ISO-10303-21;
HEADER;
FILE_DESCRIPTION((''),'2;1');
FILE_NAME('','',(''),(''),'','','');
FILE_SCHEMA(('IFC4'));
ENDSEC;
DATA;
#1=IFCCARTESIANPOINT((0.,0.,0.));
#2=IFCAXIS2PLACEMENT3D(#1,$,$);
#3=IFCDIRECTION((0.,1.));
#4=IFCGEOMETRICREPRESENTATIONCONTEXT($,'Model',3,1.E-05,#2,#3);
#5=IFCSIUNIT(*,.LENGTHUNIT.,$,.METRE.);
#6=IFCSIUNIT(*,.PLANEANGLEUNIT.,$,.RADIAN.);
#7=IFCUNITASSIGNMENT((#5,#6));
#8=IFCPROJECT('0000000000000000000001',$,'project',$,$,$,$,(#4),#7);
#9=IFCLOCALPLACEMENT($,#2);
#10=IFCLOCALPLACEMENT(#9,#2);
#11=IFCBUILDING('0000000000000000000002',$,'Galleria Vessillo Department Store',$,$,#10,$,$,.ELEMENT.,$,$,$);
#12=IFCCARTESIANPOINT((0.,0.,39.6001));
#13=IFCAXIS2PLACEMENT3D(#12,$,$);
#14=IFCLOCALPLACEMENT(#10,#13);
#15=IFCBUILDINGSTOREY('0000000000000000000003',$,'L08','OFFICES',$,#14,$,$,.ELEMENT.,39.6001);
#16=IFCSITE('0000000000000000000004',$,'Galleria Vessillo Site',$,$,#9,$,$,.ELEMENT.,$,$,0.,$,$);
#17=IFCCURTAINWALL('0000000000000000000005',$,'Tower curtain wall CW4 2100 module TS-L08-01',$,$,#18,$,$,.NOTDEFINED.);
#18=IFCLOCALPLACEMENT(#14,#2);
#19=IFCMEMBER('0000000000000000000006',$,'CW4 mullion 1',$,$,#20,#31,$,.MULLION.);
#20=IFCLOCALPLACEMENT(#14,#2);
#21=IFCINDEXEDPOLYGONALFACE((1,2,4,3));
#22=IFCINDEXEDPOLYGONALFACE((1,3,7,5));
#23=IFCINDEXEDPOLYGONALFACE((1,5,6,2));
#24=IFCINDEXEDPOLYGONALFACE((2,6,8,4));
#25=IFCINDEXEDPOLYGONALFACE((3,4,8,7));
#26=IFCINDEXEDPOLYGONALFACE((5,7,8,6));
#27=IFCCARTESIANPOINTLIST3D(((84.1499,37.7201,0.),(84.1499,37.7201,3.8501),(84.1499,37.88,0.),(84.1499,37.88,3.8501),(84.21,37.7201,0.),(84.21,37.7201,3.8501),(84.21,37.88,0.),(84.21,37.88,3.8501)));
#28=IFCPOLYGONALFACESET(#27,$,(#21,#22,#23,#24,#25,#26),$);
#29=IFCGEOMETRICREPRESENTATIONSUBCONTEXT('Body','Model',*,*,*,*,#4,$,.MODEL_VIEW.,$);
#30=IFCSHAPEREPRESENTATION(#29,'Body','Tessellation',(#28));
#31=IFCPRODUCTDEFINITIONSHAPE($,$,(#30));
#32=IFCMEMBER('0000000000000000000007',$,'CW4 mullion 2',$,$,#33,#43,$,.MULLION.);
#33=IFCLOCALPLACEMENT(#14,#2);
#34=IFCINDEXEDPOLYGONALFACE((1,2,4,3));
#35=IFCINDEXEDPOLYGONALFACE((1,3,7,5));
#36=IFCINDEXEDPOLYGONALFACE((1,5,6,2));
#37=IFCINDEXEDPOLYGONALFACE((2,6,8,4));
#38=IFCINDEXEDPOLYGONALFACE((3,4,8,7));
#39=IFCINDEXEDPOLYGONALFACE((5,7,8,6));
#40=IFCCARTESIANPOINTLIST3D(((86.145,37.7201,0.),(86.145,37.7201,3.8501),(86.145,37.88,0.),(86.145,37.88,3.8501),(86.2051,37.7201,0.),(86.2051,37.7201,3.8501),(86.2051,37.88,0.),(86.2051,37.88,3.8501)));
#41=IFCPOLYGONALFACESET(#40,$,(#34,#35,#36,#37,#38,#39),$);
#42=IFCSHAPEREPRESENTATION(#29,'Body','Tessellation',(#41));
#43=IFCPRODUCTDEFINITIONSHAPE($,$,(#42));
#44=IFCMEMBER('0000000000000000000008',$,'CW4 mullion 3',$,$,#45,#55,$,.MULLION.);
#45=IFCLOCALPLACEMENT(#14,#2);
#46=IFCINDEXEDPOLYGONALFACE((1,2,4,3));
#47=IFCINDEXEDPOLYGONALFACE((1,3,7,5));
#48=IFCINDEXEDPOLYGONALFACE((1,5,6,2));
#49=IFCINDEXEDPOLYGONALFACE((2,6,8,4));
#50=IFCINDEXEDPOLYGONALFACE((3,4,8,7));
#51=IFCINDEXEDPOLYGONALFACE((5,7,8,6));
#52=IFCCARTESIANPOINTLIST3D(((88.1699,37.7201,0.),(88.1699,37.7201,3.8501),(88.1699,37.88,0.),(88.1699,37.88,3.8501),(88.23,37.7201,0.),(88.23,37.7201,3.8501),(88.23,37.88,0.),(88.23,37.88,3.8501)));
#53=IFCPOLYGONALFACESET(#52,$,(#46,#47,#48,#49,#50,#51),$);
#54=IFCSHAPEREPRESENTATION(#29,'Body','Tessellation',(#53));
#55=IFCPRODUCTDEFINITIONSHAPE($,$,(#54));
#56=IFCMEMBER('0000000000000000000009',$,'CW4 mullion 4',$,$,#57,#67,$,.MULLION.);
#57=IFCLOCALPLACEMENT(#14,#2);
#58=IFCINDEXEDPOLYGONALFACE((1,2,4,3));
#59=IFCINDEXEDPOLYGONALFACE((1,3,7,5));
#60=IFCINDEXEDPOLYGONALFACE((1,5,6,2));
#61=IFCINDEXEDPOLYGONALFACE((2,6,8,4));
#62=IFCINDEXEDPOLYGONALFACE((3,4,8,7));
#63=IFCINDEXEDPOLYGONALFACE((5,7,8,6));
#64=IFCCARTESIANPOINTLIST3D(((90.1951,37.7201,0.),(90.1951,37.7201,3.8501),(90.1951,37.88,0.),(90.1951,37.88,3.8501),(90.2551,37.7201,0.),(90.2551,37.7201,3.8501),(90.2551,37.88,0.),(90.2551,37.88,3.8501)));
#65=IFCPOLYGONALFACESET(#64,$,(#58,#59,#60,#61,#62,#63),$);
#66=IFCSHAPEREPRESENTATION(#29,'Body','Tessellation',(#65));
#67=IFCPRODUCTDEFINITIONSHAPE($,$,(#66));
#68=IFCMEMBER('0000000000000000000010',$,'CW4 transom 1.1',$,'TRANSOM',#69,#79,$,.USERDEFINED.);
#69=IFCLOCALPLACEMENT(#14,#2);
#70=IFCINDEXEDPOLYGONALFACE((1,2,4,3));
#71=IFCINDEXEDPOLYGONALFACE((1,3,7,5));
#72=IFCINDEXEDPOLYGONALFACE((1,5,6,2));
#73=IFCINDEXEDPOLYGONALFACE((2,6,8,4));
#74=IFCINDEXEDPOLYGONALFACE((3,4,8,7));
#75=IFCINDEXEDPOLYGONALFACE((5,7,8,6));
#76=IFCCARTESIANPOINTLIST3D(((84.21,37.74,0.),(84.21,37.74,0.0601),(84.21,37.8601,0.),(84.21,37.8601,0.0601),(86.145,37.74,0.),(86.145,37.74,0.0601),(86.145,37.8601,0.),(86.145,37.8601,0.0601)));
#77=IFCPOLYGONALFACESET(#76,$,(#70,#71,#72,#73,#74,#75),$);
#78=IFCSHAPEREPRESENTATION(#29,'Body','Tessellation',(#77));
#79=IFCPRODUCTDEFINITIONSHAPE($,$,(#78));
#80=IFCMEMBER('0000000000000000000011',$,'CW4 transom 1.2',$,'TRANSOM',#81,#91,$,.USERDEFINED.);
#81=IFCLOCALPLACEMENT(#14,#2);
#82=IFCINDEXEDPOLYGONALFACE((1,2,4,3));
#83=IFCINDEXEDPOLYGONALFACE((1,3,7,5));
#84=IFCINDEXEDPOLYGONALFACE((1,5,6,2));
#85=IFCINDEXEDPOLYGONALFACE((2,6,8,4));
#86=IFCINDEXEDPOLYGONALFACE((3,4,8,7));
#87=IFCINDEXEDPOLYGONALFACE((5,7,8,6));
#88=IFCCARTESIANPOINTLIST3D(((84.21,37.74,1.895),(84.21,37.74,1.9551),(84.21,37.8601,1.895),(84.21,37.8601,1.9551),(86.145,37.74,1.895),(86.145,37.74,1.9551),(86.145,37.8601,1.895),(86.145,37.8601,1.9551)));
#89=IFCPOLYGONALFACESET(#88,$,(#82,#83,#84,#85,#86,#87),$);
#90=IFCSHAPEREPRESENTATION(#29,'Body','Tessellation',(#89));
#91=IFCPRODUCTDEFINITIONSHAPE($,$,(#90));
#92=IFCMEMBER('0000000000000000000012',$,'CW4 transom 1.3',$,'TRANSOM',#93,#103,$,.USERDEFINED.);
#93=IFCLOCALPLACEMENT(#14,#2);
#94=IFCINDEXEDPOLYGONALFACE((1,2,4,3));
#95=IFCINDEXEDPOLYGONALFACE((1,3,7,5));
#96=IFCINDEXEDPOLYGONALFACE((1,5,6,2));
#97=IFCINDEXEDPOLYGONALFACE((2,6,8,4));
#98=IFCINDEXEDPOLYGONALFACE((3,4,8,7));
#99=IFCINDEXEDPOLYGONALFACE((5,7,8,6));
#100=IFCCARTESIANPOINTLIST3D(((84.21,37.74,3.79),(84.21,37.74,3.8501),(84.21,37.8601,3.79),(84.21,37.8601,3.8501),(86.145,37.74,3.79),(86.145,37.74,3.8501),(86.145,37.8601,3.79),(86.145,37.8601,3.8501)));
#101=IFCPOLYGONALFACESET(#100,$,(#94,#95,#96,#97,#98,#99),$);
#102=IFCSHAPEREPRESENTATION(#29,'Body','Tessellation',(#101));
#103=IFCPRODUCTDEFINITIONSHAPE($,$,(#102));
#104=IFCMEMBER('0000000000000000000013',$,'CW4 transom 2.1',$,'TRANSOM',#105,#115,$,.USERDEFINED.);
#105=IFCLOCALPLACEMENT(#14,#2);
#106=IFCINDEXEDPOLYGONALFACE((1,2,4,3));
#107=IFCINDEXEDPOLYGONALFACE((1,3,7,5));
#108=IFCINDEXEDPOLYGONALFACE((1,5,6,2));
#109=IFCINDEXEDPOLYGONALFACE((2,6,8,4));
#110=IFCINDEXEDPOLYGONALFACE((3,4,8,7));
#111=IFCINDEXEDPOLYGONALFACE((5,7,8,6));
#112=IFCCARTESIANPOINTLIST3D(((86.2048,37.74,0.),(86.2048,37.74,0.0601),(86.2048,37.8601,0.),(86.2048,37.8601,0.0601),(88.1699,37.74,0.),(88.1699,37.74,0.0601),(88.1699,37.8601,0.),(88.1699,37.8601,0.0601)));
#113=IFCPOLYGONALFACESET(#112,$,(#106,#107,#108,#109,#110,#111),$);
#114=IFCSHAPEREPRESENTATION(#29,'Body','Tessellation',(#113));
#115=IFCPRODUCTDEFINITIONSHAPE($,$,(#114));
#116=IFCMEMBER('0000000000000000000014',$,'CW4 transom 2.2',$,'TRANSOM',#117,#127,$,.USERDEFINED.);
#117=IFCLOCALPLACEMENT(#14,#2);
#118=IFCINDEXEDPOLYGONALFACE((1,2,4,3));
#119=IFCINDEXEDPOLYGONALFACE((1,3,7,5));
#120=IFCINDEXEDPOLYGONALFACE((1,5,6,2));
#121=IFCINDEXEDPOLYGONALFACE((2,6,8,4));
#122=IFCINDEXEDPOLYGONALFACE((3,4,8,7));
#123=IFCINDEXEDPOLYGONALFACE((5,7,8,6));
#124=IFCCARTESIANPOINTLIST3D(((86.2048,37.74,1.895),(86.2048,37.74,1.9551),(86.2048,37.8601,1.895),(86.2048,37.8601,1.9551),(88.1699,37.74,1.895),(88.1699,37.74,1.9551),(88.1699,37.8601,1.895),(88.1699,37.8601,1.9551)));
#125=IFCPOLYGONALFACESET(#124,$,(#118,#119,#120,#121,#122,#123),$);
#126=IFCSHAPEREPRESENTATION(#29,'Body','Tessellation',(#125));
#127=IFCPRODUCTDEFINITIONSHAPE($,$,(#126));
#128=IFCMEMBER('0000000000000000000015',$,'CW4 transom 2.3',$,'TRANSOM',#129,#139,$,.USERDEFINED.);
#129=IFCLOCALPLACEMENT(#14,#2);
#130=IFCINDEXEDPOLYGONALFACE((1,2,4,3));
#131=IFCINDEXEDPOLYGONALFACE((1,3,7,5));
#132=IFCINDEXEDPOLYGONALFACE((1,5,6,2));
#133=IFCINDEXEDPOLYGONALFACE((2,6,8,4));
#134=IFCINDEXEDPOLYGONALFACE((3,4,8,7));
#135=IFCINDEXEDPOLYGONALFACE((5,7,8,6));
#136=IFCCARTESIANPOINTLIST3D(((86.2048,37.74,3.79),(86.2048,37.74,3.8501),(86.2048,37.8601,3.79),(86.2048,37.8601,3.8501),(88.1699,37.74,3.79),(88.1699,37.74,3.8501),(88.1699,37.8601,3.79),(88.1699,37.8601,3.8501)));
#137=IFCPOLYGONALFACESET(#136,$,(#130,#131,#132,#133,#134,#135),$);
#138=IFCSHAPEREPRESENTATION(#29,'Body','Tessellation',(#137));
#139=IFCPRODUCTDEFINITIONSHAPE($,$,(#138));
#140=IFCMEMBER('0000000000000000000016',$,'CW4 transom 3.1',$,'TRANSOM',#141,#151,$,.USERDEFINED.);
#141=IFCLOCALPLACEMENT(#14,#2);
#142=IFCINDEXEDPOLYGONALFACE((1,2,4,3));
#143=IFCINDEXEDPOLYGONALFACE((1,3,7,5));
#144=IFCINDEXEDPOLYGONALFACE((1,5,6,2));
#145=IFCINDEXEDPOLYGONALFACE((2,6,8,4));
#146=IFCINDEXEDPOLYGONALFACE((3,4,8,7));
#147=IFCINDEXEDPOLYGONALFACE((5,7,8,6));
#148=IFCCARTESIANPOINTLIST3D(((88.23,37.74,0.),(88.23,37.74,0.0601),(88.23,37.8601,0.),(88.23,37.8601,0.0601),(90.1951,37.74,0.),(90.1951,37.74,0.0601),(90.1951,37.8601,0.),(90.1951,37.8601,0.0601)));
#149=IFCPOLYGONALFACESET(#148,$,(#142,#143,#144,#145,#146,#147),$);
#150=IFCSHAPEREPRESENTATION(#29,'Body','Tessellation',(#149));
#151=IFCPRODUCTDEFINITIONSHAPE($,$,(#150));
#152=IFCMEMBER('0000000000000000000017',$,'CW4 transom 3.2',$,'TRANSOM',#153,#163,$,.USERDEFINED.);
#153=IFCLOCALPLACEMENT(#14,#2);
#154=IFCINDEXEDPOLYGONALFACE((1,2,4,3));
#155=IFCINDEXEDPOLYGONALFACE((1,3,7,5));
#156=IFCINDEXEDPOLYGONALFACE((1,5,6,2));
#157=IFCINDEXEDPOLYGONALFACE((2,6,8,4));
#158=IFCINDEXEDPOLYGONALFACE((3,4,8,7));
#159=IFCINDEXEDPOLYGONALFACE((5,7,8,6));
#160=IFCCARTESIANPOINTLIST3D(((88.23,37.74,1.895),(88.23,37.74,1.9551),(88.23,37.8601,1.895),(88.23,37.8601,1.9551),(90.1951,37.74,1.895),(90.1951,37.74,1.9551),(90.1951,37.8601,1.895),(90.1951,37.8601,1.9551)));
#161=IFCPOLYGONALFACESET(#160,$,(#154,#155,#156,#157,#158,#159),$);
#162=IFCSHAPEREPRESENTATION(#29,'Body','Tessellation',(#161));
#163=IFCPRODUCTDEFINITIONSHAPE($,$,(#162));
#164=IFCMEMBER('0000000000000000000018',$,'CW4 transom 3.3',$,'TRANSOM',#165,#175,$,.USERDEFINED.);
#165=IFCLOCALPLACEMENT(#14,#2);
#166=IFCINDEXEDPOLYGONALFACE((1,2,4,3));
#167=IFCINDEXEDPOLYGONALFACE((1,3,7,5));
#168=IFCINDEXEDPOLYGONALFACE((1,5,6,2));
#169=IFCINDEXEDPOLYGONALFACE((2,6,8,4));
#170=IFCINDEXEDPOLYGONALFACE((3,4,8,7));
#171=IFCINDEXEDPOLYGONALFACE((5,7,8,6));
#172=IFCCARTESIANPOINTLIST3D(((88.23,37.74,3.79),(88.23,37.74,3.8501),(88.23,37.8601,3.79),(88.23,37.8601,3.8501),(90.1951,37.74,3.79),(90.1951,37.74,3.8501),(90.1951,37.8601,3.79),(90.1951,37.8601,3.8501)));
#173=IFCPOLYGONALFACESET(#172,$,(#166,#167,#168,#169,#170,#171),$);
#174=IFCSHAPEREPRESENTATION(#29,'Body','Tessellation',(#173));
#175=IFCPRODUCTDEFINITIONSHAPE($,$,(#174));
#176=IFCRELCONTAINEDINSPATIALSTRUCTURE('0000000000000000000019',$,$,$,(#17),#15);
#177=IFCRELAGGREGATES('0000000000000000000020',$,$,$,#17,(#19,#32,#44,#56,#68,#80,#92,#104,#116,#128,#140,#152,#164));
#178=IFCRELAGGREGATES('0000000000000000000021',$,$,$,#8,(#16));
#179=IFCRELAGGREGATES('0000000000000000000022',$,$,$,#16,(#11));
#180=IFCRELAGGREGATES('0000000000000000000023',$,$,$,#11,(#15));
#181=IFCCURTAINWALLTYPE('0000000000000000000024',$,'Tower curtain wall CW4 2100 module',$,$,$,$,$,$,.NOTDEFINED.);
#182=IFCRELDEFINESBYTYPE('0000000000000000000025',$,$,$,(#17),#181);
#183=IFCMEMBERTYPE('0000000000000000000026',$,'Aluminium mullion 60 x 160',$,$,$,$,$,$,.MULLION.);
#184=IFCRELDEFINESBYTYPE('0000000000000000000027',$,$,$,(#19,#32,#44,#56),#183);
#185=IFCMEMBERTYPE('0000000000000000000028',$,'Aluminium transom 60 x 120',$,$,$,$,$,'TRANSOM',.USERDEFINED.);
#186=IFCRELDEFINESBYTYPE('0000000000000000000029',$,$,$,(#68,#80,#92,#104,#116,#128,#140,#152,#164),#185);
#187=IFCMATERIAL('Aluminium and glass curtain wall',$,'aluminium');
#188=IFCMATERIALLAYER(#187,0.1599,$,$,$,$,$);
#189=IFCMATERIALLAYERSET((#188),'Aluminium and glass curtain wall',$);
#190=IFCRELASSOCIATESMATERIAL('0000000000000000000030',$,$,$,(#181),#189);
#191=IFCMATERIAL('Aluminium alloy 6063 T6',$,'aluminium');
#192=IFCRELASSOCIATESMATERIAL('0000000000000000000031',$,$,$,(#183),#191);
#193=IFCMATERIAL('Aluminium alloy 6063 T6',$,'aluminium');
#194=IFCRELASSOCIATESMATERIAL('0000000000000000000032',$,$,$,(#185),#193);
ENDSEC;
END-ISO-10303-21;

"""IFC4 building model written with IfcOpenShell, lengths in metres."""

from ifc_helpers import new_model, si_unit, direction, frame, origin, origin_2d, place, context, subcontext, project, spatial, rectangle, extrude, material, layer, layer_set, material_profile, profile_set, type_object, element, aggregate, save


model = new_model("IFC4")

# Units and contexts
model_context = context("Model", 3, precision=1e-05, world=origin(), true_north=direction((0.0, 1.0)))
body_context = subcontext(model_context, "Body", "Model", "MODEL_VIEW")
ifc_project = project(units=[si_unit("LENGTHUNIT", "METRE"), si_unit("PLANEANGLEUNIT", "RADIAN")], contexts=[model_context])

# Site, building, storey
site_placement = place(None, origin())
site = spatial("IfcSite", under=ifc_project, at=site_placement, Name="Galleria Vessillo Site", CompositionType="ELEMENT", RefElevation=0.0)
building_placement = place(site_placement, origin())
building = spatial("IfcBuilding", under=site, at=building_placement, Name="Galleria Vessillo Department Store", CompositionType="ELEMENT")
storey_placement = place(building_placement, frame((0.0, 0.0, 39.6001)))
storey = spatial("IfcBuildingStorey", under=building, at=storey_placement, Name="L08", Description="OFFICES", CompositionType="ELEMENT", Elevation=39.6001)

# Curtain wall, members
ifc_material_1 = material(Name="Aluminium and glass curtain wall", Category="aluminium")
ifc_layer_1 = layer(ifc_material_1, 0.1599)
ifc_layer_set_1 = layer_set([ifc_layer_1], Name="Aluminium and glass curtain wall")
curtain_wall_type = type_object("IfcCurtainWallType", Name="Tower curtain wall CW4 2100 module", PredefinedType="NOTDEFINED", material=ifc_layer_set_1)
curtain_wall_placement = place(storey_placement, origin())
curtain_wall = element("IfcCurtainWall", 1, at=curtain_wall_placement, inside=storey, type_object=curtain_wall_type, Name="Tower curtain wall CW4 2100 module TS-L08-01", PredefinedType="NOTDEFINED")
ifc_material_2 = material(Name="Aluminium alloy 6063 T6", Category="aluminium")
ifc_material_profile_1 = material_profile(ifc_material_2, rectangle(XDim=0.1599, YDim=0.0601, at=origin_2d()), Name="AL 60x160")
ifc_profile_set_1 = profile_set([ifc_material_profile_1], Name="Aluminium alloy 6063 T6")
member_type_1 = type_object("IfcMemberType", Name="Aluminium mullion 60 x 160", PredefinedType="MULLION", material=ifc_profile_set_1)
member_1_placement = place(storey_placement, frame((84.1799, 37.8, 0.0), z_axis=(0.0, 0.0, 1.0), x_axis=(0.0, 1.0, 0.0)))
member_1 = element("IfcMember", 2, at=member_1_placement, type_object=member_type_1, Name="CW4 mullion 1", PredefinedType="MULLION", context=body_context, shape_type="SweptSolid", body=[
    extrude(rectangle(XDim=0.1599, YDim=0.0601, at=origin_2d()), origin(), (0.0, 0.0, 1.0), 3.8501),
])
member_2_placement = place(storey_placement, frame((86.175, 37.8, 0.0), z_axis=(0.0, 0.0, 1.0), x_axis=(0.0, 1.0, 0.0)))
member_2 = element("IfcMember", 3, at=member_2_placement, type_object=member_type_1, Name="CW4 mullion 2", PredefinedType="MULLION", context=body_context, shape_type="SweptSolid", body=[
    extrude(rectangle(XDim=0.1599, YDim=0.0601, at=origin_2d()), origin(), (0.0, 0.0, 1.0), 3.8501),
])
member_3_placement = place(storey_placement, frame((88.2, 37.8, 0.0), z_axis=(0.0, 0.0, 1.0), x_axis=(0.0, 1.0, 0.0)))
member_3 = element("IfcMember", 4, at=member_3_placement, type_object=member_type_1, Name="CW4 mullion 3", PredefinedType="MULLION", context=body_context, shape_type="SweptSolid", body=[
    extrude(rectangle(XDim=0.1599, YDim=0.0601, at=origin_2d()), origin(), (0.0, 0.0, 1.0), 3.8501),
])
member_4_placement = place(storey_placement, frame((90.2251, 37.8, 0.0), z_axis=(0.0, 0.0, 1.0), x_axis=(0.0, 1.0, 0.0)))
member_4 = element("IfcMember", 5, at=member_4_placement, type_object=member_type_1, Name="CW4 mullion 4", PredefinedType="MULLION", context=body_context, shape_type="SweptSolid", body=[
    extrude(rectangle(XDim=0.1599, YDim=0.0601, at=origin_2d()), origin(), (0.0, 0.0, 1.0), 3.8501),
])
ifc_material_3 = material(Name="Aluminium alloy 6063 T6", Category="aluminium")
ifc_material_profile_2 = material_profile(ifc_material_3, rectangle(XDim=0.1201, YDim=0.0601, at=origin_2d()), Name="AL 60x120")
ifc_profile_set_2 = profile_set([ifc_material_profile_2], Name="Aluminium alloy 6063 T6")
member_type_2 = type_object("IfcMemberType", Name="Aluminium transom 60 x 120", ElementType="TRANSOM", PredefinedType="USERDEFINED", material=ifc_profile_set_2)
member_5_placement = place(storey_placement, frame((84.21, 37.8, 0.03), z_axis=(1.0, 0.0, 0.0), x_axis=(0.0, 1.0, 0.0)))
member_5 = element("IfcMember", 6, at=member_5_placement, type_object=member_type_2, Name="CW4 transom 1.1", ObjectType="TRANSOM", PredefinedType="USERDEFINED", context=body_context, shape_type="SweptSolid", body=[
    extrude(rectangle(XDim=0.1201, YDim=0.0601, at=origin_2d()), origin(), (0.0, 0.0, 1.0), 1.9351),
])
member_6_placement = place(storey_placement, frame((84.21, 37.8, 1.925), z_axis=(1.0, 0.0, 0.0), x_axis=(0.0, 1.0, 0.0)))
member_6 = element("IfcMember", 7, at=member_6_placement, type_object=member_type_2, Name="CW4 transom 1.2", ObjectType="TRANSOM", PredefinedType="USERDEFINED", context=body_context, shape_type="SweptSolid", body=[
    extrude(rectangle(XDim=0.1201, YDim=0.0601, at=origin_2d()), origin(), (0.0, 0.0, 1.0), 1.9351),
])
member_7_placement = place(storey_placement, frame((84.21, 37.8, 3.8201), z_axis=(1.0, 0.0, 0.0), x_axis=(0.0, 1.0, 0.0)))
member_7 = element("IfcMember", 8, at=member_7_placement, type_object=member_type_2, Name="CW4 transom 1.3", ObjectType="TRANSOM", PredefinedType="USERDEFINED", context=body_context, shape_type="SweptSolid", body=[
    extrude(rectangle(XDim=0.1201, YDim=0.0601, at=origin_2d()), origin(), (0.0, 0.0, 1.0), 1.9351),
])
member_8_placement = place(storey_placement, frame((86.2048, 37.8, 0.03), z_axis=(1.0, 0.0, 0.0), x_axis=(0.0, 1.0, 0.0)))
member_8 = element("IfcMember", 9, at=member_8_placement, type_object=member_type_2, Name="CW4 transom 2.1", ObjectType="TRANSOM", PredefinedType="USERDEFINED", context=body_context, shape_type="SweptSolid", body=[
    extrude(rectangle(XDim=0.1201, YDim=0.0601, at=origin_2d()), origin(), (0.0, 0.0, 1.0), 1.9651),
])
member_9_placement = place(storey_placement, frame((86.2048, 37.8, 1.925), z_axis=(1.0, 0.0, 0.0), x_axis=(0.0, 1.0, 0.0)))
member_9 = element("IfcMember", 10, at=member_9_placement, type_object=member_type_2, Name="CW4 transom 2.2", ObjectType="TRANSOM", PredefinedType="USERDEFINED", context=body_context, shape_type="SweptSolid", body=[
    extrude(rectangle(XDim=0.1201, YDim=0.0601, at=origin_2d()), origin(), (0.0, 0.0, 1.0), 1.9651),
])
member_10_placement = place(storey_placement, frame((86.2048, 37.8, 3.8201), z_axis=(1.0, 0.0, 0.0), x_axis=(0.0, 1.0, 0.0)))
member_10 = element("IfcMember", 11, at=member_10_placement, type_object=member_type_2, Name="CW4 transom 2.3", ObjectType="TRANSOM", PredefinedType="USERDEFINED", context=body_context, shape_type="SweptSolid", body=[
    extrude(rectangle(XDim=0.1201, YDim=0.0601, at=origin_2d()), origin(), (0.0, 0.0, 1.0), 1.9651),
])
member_11_placement = place(storey_placement, frame((88.23, 37.8, 0.03), z_axis=(1.0, 0.0, 0.0), x_axis=(0.0, 1.0, 0.0)))
member_11 = element("IfcMember", 12, at=member_11_placement, type_object=member_type_2, Name="CW4 transom 3.1", ObjectType="TRANSOM", PredefinedType="USERDEFINED", context=body_context, shape_type="SweptSolid", body=[
    extrude(rectangle(XDim=0.1201, YDim=0.0601, at=origin_2d()), origin(), (0.0, 0.0, 1.0), 1.9651),
])
member_12_placement = place(storey_placement, frame((88.23, 37.8, 1.925), z_axis=(1.0, 0.0, 0.0), x_axis=(0.0, 1.0, 0.0)))
member_12 = element("IfcMember", 13, at=member_12_placement, type_object=member_type_2, Name="CW4 transom 3.2", ObjectType="TRANSOM", PredefinedType="USERDEFINED", context=body_context, shape_type="SweptSolid", body=[
    extrude(rectangle(XDim=0.1201, YDim=0.0601, at=origin_2d()), origin(), (0.0, 0.0, 1.0), 1.9651),
])
member_13_placement = place(storey_placement, frame((88.23, 37.8, 3.8201), z_axis=(1.0, 0.0, 0.0), x_axis=(0.0, 1.0, 0.0)))
member_13 = element("IfcMember", 14, at=member_13_placement, type_object=member_type_2, Name="CW4 transom 3.3", ObjectType="TRANSOM", PredefinedType="USERDEFINED", context=body_context, shape_type="SweptSolid", body=[
    extrude(rectangle(XDim=0.1201, YDim=0.0601, at=origin_2d()), origin(), (0.0, 0.0, 1.0), 1.9651),
])

aggregate(curtain_wall, [member_1, member_2, member_3, member_4, member_5, member_6, member_7, member_8, member_9, member_10, member_11, member_12, member_13])

save(model, "model.ifc")
